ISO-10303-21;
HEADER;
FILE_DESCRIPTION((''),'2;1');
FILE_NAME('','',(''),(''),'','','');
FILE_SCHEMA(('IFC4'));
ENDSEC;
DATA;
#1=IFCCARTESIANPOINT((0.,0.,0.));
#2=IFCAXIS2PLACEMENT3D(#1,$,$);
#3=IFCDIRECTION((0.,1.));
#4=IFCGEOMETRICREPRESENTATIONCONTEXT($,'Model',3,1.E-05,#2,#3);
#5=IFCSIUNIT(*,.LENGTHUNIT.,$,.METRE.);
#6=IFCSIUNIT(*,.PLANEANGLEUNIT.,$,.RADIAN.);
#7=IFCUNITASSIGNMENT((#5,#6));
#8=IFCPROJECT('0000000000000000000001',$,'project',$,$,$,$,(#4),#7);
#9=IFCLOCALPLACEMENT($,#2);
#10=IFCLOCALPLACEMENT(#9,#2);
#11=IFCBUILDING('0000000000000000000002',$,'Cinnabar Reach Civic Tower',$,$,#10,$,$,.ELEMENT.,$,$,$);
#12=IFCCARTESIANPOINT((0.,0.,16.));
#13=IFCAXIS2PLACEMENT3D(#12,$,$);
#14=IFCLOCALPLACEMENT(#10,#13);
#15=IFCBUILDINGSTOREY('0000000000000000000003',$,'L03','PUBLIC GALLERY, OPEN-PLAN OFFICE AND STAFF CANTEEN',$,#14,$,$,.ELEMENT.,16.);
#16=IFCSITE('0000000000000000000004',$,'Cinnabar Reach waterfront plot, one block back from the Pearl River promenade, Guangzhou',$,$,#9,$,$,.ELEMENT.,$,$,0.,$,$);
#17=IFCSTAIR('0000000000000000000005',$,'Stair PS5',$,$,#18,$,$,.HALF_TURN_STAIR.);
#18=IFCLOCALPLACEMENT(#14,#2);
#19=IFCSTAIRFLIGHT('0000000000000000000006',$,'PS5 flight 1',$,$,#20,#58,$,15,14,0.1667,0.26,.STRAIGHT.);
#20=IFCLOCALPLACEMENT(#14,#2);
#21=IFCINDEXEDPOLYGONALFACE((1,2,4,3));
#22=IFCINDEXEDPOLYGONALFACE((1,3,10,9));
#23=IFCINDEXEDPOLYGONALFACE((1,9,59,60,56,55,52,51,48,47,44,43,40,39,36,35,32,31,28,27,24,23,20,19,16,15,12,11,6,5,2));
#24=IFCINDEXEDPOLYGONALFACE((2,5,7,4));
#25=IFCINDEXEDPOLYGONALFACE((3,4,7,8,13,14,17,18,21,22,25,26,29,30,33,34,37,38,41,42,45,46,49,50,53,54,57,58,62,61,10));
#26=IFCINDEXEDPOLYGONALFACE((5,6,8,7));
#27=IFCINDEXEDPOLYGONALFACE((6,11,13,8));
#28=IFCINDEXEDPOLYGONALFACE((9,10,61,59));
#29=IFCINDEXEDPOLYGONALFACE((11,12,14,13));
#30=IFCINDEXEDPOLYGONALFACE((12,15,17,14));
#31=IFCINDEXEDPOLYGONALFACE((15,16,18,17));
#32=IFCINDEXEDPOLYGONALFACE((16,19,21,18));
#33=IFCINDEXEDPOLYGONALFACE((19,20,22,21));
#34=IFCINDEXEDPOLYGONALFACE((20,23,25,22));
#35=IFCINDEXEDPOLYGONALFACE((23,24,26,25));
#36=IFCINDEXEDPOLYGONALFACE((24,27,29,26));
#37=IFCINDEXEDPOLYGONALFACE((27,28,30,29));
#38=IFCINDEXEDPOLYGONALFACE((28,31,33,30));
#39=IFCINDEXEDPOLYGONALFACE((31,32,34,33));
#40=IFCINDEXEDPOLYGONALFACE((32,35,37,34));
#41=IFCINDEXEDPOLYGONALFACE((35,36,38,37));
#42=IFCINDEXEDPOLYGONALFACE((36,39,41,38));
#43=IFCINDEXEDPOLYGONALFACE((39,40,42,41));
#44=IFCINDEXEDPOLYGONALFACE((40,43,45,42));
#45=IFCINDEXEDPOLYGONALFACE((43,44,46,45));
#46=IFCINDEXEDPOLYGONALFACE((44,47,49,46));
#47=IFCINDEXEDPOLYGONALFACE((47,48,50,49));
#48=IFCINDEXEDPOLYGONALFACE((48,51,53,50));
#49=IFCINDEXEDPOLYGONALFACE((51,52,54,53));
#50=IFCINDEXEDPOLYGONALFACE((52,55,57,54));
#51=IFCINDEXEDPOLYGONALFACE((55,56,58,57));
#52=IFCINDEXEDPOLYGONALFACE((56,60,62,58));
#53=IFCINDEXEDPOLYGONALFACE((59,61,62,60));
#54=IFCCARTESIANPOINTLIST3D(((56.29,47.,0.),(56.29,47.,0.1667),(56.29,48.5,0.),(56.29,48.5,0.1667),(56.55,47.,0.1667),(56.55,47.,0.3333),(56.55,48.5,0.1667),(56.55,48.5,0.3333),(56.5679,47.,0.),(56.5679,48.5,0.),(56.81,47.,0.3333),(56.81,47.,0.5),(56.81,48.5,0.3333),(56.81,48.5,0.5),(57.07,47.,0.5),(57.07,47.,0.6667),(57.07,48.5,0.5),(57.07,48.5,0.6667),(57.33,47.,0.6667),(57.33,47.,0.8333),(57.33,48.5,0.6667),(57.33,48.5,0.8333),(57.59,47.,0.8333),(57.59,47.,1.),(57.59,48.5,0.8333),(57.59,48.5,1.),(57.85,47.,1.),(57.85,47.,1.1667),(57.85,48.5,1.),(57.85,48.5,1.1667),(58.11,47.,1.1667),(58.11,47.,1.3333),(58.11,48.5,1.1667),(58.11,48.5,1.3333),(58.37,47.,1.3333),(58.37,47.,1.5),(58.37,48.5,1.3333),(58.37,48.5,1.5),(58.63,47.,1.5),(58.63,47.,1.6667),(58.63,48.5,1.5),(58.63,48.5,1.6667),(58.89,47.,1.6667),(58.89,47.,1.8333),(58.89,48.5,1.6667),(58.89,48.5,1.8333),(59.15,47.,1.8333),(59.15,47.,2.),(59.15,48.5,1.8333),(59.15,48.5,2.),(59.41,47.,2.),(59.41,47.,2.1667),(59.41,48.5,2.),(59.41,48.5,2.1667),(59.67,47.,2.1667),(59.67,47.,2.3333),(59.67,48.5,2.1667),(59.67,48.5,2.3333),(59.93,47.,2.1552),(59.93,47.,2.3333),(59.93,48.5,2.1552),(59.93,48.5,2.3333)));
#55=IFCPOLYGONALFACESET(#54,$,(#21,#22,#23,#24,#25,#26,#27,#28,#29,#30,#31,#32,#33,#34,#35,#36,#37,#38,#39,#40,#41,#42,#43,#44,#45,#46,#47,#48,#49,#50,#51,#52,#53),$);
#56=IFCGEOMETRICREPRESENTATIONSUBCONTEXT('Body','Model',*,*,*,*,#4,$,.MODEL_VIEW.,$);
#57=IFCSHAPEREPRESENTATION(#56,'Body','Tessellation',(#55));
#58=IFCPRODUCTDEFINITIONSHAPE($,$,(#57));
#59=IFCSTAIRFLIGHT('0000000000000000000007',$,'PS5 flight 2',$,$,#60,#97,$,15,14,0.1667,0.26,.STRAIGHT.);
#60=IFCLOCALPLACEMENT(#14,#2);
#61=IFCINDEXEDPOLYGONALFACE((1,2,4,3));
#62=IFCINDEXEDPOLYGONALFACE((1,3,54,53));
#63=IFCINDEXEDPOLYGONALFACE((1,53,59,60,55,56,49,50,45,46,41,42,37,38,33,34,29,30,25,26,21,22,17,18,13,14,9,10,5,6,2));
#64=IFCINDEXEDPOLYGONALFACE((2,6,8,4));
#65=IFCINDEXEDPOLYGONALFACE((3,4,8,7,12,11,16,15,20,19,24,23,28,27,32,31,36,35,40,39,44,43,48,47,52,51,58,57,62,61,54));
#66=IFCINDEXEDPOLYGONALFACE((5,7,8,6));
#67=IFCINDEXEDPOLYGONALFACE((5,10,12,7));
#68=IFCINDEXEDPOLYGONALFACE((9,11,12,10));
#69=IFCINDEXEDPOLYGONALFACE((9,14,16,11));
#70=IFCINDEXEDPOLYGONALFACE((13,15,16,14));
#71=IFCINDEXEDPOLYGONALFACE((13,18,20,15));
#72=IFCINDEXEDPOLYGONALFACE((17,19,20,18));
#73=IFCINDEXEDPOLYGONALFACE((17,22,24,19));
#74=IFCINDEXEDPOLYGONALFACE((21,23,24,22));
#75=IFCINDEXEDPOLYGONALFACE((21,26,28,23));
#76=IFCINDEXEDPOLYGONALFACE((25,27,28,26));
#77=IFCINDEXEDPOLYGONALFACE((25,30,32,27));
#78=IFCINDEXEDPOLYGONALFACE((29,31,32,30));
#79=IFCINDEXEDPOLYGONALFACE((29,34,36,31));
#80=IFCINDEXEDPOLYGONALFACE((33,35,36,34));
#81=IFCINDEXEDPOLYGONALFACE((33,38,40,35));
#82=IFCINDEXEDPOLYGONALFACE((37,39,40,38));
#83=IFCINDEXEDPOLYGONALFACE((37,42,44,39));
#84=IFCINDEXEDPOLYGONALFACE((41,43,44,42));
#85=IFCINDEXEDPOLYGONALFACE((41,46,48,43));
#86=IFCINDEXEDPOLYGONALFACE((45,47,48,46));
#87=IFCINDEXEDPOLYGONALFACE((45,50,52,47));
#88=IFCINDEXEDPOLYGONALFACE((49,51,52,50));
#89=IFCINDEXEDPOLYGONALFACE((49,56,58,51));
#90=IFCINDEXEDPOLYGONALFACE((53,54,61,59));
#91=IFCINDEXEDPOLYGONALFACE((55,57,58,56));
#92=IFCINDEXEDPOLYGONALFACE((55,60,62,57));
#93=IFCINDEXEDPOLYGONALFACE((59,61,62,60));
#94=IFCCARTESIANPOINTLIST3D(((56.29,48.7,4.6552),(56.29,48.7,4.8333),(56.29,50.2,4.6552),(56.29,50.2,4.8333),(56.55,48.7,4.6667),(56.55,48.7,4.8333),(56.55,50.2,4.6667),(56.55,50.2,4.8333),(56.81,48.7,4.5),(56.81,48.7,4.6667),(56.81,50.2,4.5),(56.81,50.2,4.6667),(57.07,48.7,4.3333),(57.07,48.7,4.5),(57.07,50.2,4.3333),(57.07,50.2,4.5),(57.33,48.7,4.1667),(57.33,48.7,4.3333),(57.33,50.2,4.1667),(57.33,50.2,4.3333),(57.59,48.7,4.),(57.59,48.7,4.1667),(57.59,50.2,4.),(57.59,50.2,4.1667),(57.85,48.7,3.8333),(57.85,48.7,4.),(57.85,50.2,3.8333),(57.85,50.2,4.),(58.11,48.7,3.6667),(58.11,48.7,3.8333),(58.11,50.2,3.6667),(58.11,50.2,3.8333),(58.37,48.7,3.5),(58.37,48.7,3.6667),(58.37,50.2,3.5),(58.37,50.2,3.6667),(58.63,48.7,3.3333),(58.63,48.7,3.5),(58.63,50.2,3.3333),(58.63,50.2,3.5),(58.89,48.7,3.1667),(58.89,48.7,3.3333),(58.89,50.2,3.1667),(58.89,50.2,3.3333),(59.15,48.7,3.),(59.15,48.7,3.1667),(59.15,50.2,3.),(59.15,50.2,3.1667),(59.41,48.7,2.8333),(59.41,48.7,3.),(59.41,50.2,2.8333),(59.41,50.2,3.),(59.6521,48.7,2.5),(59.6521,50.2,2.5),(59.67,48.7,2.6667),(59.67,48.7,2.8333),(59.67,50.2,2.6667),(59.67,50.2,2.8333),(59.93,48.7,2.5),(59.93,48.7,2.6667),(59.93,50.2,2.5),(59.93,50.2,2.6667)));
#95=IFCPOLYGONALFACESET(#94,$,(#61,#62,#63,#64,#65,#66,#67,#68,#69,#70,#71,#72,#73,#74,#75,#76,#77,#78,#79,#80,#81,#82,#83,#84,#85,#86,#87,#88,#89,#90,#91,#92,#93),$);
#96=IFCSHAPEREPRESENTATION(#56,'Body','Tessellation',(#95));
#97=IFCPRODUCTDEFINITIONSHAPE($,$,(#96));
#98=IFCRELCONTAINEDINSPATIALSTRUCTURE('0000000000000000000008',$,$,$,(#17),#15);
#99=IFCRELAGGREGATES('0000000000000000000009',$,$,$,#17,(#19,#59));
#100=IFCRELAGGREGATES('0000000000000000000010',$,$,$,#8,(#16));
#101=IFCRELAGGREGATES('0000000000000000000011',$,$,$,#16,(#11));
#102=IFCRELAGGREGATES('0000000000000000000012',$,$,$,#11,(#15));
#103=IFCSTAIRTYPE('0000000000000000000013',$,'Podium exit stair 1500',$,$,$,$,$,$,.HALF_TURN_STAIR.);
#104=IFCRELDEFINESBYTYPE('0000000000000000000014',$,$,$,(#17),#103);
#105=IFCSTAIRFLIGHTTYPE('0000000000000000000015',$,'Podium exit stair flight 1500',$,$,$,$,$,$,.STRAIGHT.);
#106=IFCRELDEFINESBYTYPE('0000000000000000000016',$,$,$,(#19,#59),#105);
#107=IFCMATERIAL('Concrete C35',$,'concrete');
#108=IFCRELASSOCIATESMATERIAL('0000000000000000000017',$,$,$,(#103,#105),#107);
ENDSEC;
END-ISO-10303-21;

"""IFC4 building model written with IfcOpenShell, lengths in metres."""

from ifc_helpers import new_model, si_unit, direction, frame, origin, place, context, subcontext, project, spatial, polyline, outline, extrude, material, type_object, element, aggregate, save


model = new_model("IFC4")

# Units and contexts
model_context = context("Model", 3, precision=1e-05, world=origin(), true_north=direction((0.0, 1.0)))
body_context = subcontext(model_context, "Body", "Model", "MODEL_VIEW")
ifc_project = project(units=[si_unit("LENGTHUNIT", "METRE"), si_unit("PLANEANGLEUNIT", "RADIAN")], contexts=[model_context])

# Site, building, storey
site_placement = place(None, origin())
site = spatial("IfcSite", under=ifc_project, at=site_placement, Name="Cinnabar Reach waterfront plot, one block back from the Pearl River promenade, Guangzhou", CompositionType="ELEMENT", RefElevation=0.0)
building_placement = place(site_placement, origin())
building = spatial("IfcBuilding", under=site, at=building_placement, Name="Cinnabar Reach Civic Tower", CompositionType="ELEMENT")
storey_placement = place(building_placement, frame((0.0, 0.0, 16.0)))
storey = spatial("IfcBuildingStorey", under=building, at=storey_placement, Name="L03", Description="PUBLIC GALLERY, OPEN-PLAN OFFICE AND STAFF CANTEEN", CompositionType="ELEMENT", Elevation=16.0)

# Stair, stair flights
ifc_material_1 = material(Name="Concrete C35", Category="concrete")
stair_type = type_object("IfcStairType", Name="Podium exit stair 1500", PredefinedType="HALF_TURN_STAIR", material=ifc_material_1)
stair_placement = place(storey_placement, origin())
stair = element("IfcStair", 1, at=stair_placement, inside=storey, type_object=stair_type, Name="Stair PS5", PredefinedType="HALF_TURN_STAIR")
stair_flight_type = type_object("IfcStairFlightType", Name="Podium exit stair flight 1500", PredefinedType="STRAIGHT", material=ifc_material_1)
stair_flight_1_placement = place(storey_placement, frame((56.29, 47.75, 0.0), z_axis=(0.0, 0.0, 1.0), x_axis=(1.0, 0.0, 0.0)))
stair_flight_1 = element("IfcStairFlight", 2, at=stair_flight_1_placement, type_object=stair_flight_type, Name="PS5 flight 1", NumberOfRisers=15, NumberOfTreads=14, PredefinedType="STRAIGHT", RiserHeight=0.1667, TreadLength=0.26, context=body_context, shape_type="SweptSolid", body=[
    extrude(outline(polyline([(0.0, 0.0), (0.0, 0.1667), (0.26, 0.1667), (0.26, 0.3333), (0.52, 0.3333), (0.52, 0.5), (0.78, 0.5), (0.78, 0.6667), (1.04, 0.6667), (1.04, 0.8333), (1.3, 0.8333), (1.3, 1.0), (1.56, 1.0), (1.56, 1.1667), (1.82, 1.1667), (1.82, 1.3333), (2.08, 1.3333), (2.08, 1.5), (2.34, 1.5), (2.34, 1.6667), (2.6, 1.6667), (2.6, 1.8333), (2.86, 1.8333), (2.86, 2.0), (3.12, 2.0), (3.12, 2.1667), (3.38, 2.1667), (3.38, 2.3333), (3.64, 2.3333), (3.64, 2.5), (3.64, 2.1552), (0.2779, 0.0), (0.0, 0.0)])), frame((0.0, 0.75, 0.0), z_axis=(0.0, -1.0, 0.0), x_axis=(1.0, 0.0, 0.0)), (0.0, 0.0, 1.0), 1.5),
])
stair_flight_2_placement = place(storey_placement, frame((59.93, 49.45, 2.5), z_axis=(0.0, 0.0, 1.0), x_axis=(-1.0, 0.0, 0.0)))
stair_flight_2 = element("IfcStairFlight", 3, at=stair_flight_2_placement, type_object=stair_flight_type, Name="PS5 flight 2", NumberOfRisers=15, NumberOfTreads=14, PredefinedType="STRAIGHT", RiserHeight=0.1667, TreadLength=0.26, context=body_context, shape_type="SweptSolid", body=[
    extrude(outline(polyline([(0.0, 0.0), (0.0, 0.1667), (0.26, 0.1667), (0.26, 0.3333), (0.52, 0.3333), (0.52, 0.5), (0.78, 0.5), (0.78, 0.6667), (1.04, 0.6667), (1.04, 0.8333), (1.3, 0.8333), (1.3, 1.0), (1.56, 1.0), (1.56, 1.1667), (1.82, 1.1667), (1.82, 1.3333), (2.08, 1.3333), (2.08, 1.5), (2.34, 1.5), (2.34, 1.6667), (2.6, 1.6667), (2.6, 1.8333), (2.86, 1.8333), (2.86, 2.0), (3.12, 2.0), (3.12, 2.1667), (3.38, 2.1667), (3.38, 2.3333), (3.64, 2.3333), (3.64, 2.5), (3.64, 2.1552), (0.2779, 0.0), (0.0, 0.0)])), frame((0.0, 0.75, 0.0), z_axis=(0.0, -1.0, 0.0), x_axis=(1.0, 0.0, 0.0)), (0.0, 0.0, 1.0), 1.5),
])
aggregate(stair, [stair_flight_1, stair_flight_2])

save(model, "model.ifc")
